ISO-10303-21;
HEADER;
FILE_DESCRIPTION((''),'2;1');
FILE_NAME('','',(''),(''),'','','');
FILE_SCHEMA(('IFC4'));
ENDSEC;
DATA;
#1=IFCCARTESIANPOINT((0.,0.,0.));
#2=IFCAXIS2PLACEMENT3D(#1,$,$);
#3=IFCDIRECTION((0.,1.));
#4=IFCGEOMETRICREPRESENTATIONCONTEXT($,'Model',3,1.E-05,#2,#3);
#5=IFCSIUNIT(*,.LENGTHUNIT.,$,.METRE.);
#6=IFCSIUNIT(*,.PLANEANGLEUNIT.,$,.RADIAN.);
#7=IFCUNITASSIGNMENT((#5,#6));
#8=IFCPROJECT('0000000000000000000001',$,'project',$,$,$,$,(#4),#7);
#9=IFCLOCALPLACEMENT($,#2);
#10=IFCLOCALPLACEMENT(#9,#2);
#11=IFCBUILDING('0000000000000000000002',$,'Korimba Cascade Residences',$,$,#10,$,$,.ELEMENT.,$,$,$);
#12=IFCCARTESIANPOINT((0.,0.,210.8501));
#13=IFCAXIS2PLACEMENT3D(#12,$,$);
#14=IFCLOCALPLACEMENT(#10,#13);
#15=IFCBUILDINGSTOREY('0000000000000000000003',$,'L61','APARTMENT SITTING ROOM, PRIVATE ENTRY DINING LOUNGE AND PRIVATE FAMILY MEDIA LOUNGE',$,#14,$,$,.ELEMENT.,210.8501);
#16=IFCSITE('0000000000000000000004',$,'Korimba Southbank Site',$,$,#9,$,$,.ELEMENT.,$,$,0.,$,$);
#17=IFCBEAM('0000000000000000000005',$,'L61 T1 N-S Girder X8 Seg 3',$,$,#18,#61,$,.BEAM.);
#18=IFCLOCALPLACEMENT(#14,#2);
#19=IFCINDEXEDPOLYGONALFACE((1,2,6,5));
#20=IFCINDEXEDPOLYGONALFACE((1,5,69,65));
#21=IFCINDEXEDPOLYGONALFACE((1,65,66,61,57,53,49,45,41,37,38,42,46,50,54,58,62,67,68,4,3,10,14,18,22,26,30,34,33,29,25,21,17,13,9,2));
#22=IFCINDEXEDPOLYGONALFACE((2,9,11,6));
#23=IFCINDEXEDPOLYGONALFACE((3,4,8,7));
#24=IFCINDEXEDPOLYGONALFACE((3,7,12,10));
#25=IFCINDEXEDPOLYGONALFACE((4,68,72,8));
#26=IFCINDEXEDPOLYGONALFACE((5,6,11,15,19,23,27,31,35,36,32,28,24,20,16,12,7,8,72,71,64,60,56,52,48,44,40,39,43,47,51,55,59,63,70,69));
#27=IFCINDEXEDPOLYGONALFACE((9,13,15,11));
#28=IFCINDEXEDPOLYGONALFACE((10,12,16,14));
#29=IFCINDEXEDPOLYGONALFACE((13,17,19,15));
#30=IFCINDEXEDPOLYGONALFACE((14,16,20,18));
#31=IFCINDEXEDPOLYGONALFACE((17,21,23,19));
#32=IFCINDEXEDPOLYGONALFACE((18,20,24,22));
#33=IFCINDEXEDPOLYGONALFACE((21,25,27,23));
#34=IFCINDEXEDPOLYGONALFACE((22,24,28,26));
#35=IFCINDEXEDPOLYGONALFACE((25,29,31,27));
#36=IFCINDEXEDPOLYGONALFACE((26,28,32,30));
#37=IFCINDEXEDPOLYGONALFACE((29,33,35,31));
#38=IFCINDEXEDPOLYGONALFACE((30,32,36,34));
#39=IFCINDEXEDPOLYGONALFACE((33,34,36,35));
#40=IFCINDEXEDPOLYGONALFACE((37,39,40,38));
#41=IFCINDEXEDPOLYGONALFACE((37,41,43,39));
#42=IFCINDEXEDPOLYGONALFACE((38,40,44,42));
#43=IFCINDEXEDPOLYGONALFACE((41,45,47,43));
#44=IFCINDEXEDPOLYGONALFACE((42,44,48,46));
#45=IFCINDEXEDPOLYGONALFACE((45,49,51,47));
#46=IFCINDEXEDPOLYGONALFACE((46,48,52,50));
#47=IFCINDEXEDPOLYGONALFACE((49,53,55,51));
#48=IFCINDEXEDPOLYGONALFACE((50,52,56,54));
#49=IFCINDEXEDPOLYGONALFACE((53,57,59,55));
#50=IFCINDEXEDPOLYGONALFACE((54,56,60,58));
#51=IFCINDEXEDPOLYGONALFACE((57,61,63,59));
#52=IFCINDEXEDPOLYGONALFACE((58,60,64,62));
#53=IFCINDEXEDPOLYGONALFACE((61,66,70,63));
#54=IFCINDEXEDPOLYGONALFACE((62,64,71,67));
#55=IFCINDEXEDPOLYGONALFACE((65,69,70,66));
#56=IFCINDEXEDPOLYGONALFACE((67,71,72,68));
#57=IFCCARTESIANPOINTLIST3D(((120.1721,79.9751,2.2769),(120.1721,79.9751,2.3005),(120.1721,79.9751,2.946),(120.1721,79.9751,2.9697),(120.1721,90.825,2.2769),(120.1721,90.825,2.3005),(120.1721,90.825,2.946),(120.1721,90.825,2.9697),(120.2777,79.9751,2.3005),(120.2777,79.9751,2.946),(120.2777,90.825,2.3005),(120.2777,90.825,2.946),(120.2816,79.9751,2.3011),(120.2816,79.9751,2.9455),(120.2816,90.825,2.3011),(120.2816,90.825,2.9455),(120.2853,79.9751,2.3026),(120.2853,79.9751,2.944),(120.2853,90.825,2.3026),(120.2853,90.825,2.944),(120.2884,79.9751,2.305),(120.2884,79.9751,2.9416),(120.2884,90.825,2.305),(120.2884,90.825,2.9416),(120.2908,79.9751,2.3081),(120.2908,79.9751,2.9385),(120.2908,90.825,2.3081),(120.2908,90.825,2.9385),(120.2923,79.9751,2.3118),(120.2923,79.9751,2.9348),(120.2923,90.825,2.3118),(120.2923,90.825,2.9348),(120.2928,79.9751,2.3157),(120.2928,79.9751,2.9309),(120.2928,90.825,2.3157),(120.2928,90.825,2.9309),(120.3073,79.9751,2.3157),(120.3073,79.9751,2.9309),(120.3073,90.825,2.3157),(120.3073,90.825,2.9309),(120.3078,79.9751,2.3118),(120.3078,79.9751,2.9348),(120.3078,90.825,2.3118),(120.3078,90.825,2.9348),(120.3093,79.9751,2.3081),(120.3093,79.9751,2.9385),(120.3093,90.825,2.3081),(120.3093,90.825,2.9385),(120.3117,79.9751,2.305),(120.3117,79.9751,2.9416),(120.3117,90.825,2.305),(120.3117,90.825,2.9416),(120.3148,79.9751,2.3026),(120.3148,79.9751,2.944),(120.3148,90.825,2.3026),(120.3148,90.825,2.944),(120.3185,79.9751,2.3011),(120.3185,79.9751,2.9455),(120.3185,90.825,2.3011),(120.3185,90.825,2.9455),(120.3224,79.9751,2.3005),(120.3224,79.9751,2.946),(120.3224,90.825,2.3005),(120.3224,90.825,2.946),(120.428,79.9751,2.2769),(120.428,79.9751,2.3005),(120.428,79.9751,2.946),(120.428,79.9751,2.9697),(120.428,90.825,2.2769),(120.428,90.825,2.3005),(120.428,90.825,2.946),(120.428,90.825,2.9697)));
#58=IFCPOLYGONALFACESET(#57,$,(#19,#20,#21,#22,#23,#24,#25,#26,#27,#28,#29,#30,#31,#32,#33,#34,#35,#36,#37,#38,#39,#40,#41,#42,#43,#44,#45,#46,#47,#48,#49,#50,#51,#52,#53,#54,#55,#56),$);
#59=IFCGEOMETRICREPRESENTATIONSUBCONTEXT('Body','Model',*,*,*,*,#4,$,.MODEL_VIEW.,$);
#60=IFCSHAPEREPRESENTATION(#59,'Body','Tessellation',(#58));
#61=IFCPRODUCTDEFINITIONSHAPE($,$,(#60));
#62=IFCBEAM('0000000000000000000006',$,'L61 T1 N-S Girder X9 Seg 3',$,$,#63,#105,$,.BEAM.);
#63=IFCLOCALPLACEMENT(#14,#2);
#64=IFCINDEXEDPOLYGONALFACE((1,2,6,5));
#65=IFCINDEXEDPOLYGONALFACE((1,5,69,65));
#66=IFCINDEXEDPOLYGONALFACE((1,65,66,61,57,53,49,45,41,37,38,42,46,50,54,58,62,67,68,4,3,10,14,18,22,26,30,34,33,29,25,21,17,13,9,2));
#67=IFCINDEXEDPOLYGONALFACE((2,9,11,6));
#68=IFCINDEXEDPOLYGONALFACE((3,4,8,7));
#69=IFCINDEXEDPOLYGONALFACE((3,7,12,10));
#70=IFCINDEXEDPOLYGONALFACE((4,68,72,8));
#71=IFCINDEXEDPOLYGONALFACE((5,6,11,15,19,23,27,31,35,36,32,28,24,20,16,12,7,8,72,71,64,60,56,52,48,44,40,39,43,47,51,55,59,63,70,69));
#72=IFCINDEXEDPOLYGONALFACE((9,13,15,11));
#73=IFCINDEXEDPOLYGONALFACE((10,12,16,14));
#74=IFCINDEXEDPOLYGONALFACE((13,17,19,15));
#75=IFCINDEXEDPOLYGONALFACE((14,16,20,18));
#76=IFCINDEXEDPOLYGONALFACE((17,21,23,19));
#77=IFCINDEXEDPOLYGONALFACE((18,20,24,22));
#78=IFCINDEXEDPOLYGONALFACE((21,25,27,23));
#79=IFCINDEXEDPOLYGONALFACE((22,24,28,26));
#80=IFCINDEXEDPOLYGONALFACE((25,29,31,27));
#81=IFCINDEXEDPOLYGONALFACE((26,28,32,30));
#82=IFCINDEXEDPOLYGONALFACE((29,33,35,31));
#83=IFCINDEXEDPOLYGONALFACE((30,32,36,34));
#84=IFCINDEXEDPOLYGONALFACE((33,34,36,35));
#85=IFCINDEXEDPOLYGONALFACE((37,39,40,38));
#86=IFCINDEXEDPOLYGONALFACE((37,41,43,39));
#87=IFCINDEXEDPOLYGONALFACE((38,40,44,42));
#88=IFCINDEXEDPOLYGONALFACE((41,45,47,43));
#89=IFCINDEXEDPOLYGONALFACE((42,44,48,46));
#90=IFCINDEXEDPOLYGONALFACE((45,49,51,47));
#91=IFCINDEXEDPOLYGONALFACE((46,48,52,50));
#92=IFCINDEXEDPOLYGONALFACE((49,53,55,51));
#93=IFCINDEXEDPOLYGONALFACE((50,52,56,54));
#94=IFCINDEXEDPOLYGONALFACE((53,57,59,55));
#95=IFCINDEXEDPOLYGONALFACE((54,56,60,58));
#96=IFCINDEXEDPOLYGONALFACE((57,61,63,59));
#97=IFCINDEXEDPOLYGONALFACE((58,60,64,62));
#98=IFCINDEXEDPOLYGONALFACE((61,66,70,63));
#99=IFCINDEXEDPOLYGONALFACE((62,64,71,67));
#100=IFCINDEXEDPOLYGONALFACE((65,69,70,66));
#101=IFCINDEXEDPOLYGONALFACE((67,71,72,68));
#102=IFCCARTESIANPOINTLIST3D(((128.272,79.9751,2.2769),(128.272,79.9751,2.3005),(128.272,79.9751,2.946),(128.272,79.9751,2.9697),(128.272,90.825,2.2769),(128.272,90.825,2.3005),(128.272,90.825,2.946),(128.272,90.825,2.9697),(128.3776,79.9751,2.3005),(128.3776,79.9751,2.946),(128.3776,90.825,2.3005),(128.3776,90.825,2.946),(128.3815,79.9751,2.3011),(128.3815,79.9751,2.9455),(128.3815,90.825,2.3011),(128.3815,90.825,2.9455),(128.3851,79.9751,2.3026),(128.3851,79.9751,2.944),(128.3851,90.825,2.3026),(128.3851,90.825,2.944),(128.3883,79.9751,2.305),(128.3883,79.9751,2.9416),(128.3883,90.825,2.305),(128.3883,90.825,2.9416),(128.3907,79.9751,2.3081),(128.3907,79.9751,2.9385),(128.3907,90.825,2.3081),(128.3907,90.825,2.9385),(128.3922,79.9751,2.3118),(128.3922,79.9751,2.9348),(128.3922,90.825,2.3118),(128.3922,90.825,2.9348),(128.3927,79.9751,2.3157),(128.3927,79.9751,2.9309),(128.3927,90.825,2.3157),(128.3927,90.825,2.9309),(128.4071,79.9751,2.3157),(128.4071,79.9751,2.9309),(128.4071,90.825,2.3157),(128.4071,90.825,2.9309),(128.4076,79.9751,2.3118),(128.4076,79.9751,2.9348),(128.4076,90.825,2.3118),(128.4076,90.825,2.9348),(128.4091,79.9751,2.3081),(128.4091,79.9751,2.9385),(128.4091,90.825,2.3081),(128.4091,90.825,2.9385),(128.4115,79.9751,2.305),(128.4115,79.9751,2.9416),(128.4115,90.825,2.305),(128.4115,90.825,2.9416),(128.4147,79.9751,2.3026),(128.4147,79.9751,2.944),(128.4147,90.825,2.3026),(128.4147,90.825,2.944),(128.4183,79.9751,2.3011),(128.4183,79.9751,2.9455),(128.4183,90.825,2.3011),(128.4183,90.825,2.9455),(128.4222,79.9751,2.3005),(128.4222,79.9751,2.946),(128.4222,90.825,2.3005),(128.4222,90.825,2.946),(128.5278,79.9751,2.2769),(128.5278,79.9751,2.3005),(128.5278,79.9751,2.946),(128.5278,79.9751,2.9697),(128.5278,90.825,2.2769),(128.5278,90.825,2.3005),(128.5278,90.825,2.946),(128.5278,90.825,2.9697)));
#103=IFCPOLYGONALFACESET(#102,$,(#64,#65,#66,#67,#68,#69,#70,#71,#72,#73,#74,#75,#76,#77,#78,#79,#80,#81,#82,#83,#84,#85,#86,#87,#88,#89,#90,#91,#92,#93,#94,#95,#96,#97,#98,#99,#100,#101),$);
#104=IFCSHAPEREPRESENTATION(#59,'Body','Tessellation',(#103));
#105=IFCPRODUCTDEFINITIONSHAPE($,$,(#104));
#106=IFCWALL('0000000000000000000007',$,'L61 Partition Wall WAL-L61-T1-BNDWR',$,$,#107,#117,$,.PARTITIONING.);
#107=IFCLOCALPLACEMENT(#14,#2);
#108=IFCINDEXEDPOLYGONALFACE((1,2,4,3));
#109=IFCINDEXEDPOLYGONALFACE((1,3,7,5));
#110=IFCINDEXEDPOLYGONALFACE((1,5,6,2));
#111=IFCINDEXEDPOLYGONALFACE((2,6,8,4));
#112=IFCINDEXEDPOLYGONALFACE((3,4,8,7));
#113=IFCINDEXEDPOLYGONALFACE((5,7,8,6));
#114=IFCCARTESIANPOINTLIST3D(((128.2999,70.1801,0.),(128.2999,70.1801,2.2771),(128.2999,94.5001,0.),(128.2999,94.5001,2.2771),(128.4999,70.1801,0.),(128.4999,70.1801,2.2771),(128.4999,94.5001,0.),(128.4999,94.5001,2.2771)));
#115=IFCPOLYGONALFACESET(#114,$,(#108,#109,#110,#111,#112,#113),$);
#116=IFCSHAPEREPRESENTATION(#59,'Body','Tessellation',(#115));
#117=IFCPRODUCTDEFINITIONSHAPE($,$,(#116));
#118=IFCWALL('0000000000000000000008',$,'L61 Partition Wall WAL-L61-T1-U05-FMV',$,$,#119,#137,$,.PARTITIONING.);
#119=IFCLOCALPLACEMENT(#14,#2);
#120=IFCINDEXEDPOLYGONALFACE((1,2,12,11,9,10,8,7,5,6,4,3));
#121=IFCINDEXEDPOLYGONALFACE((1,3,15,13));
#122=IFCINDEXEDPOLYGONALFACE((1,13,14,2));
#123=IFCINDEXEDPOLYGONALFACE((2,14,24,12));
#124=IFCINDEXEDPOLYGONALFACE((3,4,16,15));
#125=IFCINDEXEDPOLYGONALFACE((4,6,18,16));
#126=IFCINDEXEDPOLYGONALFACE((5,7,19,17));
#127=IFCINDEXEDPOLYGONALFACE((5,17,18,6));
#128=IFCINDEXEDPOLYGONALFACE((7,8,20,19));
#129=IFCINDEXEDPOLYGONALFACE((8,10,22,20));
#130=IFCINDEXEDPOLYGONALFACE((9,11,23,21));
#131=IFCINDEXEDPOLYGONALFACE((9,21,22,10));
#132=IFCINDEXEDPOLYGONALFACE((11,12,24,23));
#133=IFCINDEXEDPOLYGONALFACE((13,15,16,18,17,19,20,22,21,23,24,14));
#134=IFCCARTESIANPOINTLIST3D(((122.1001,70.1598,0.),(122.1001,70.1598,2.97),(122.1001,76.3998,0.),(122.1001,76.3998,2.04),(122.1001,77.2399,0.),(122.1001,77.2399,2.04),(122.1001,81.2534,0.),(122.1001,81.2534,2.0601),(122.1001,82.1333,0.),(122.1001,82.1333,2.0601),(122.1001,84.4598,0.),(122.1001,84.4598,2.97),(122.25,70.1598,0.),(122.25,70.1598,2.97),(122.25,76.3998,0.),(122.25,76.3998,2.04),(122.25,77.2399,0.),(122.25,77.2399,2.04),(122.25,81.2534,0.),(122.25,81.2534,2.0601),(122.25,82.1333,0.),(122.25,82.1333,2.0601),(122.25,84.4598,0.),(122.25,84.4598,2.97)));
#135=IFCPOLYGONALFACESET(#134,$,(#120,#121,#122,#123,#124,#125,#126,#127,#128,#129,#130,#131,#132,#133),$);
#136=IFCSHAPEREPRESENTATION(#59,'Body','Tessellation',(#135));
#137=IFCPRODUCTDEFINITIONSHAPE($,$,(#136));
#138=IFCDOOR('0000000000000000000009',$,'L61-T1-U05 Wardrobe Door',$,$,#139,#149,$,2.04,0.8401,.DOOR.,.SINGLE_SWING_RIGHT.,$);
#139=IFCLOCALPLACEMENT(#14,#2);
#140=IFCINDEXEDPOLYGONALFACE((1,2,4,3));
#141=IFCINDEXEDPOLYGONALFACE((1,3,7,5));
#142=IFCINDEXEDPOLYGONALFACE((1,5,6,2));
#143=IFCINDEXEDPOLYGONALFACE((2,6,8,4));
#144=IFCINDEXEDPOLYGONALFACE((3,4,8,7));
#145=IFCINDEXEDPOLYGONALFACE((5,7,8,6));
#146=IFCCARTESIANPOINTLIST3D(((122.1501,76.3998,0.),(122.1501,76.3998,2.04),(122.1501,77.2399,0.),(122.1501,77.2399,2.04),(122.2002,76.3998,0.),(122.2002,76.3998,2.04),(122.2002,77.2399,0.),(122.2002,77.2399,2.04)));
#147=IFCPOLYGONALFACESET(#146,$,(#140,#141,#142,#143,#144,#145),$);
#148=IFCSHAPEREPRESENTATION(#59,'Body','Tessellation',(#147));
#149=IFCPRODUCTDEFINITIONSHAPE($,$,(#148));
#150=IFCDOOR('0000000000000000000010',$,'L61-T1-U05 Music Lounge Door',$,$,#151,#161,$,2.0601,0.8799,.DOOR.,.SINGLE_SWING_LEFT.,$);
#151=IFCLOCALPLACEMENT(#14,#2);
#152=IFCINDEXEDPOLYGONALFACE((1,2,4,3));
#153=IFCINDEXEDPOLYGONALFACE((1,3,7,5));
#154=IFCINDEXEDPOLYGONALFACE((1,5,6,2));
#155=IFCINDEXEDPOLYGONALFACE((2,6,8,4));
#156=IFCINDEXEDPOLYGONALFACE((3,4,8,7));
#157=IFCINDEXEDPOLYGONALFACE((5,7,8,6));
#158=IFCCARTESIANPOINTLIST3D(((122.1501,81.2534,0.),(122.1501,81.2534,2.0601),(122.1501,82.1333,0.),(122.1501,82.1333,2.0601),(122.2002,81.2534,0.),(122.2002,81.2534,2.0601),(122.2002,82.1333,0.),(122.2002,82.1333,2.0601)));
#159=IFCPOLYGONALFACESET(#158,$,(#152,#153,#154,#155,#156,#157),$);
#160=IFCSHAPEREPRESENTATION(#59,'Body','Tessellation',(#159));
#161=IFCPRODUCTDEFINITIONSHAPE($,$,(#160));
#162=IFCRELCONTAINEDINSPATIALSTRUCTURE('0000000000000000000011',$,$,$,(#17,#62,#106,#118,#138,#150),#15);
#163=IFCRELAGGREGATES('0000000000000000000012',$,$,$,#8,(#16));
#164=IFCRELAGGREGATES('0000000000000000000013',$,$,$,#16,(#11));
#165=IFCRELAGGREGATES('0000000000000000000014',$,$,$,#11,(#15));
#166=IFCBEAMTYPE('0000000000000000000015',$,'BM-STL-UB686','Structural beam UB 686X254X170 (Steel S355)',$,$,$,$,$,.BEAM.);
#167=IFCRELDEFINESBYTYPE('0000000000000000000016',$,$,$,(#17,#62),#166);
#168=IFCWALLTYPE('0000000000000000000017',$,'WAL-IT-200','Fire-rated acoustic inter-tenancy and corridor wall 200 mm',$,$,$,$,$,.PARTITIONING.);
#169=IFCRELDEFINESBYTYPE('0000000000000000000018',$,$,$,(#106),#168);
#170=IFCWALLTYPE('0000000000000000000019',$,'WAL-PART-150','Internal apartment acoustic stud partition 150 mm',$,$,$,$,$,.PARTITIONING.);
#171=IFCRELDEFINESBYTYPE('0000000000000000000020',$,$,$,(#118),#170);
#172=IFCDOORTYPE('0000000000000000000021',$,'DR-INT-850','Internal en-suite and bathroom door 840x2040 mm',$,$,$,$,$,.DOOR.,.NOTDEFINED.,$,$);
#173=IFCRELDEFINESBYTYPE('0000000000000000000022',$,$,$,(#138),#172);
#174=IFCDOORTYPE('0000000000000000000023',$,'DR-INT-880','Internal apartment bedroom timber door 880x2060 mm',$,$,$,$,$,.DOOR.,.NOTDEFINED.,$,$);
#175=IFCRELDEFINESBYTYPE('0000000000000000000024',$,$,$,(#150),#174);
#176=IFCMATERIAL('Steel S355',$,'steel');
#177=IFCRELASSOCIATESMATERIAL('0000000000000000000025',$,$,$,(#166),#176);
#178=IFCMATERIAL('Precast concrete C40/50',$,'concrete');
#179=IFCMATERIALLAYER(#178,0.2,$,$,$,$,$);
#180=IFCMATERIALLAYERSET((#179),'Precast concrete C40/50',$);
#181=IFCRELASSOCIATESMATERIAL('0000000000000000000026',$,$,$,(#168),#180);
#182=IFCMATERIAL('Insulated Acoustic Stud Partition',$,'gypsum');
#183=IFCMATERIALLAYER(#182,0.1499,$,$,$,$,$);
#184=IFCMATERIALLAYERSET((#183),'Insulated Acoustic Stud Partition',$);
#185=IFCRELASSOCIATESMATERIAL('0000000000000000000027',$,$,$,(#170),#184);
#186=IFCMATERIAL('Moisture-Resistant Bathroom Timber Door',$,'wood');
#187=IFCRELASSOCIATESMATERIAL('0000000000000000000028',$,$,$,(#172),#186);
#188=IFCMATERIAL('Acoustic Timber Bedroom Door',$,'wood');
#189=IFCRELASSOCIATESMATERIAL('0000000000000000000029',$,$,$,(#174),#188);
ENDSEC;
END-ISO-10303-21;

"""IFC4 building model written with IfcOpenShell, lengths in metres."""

from ifc_helpers import new_model, si_unit, direction, frame, frame_2d, origin, origin_2d, place, context, subcontext, project, spatial, rectangle, i_section, extrude, material, layer, layer_set, material_profile, profile_set, type_object, element, fill, save


model = new_model("IFC4")

# Units and contexts
model_context = context("Model", 3, precision=1e-05, world=origin(), true_north=direction((0.0, 1.0)))
body_context = subcontext(model_context, "Body", "Model", "MODEL_VIEW")
ifc_project = project(units=[si_unit("LENGTHUNIT", "METRE"), si_unit("PLANEANGLEUNIT", "RADIAN")], contexts=[model_context])

# Site, building, storey
site_placement = place(None, origin())
site = spatial("IfcSite", under=ifc_project, at=site_placement, Name="Korimba Southbank Site", CompositionType="ELEMENT", RefElevation=0.0)
building_placement = place(site_placement, origin())
building = spatial("IfcBuilding", under=site, at=building_placement, Name="Korimba Cascade Residences", CompositionType="ELEMENT")
storey_placement = place(building_placement, frame((0.0, 0.0, 210.8501)))
storey = spatial("IfcBuildingStorey", under=building, at=storey_placement, Name="L61", Description="APARTMENT SITTING ROOM, PRIVATE ENTRY DINING LOUNGE AND PRIVATE FAMILY MEDIA LOUNGE", CompositionType="ELEMENT", Elevation=210.8501)

# Beams
ifc_material_1 = material(Name="Steel S355", Category="steel")
ifc_material_profile_1 = material_profile(ifc_material_1, i_section(OverallWidth=0.2559, OverallDepth=0.6929, WebThickness=0.0144, FlangeThickness=0.0237, FilletRadius=0.0151, at=origin_2d()), Name="Steel S355")
ifc_profile_set_1 = profile_set([ifc_material_profile_1], Name="Steel S355")
beam_type_1 = type_object("IfcBeamType", Name="BM-STL-UB686", Description="Structural beam UB 686X254X170 (Steel S355)", PredefinedType="BEAM", material=ifc_profile_set_1)
for number, where, z_axis, x_axis, name in (
    (1, (120.3, 79.9751, 2.6233), (0.0, 1.0, 0.0), (-1.0, 0.0, 0.0), "L61 T1 N-S Girder X8 Seg 3"),
    (2, (128.3999, 79.9751, 2.6233), (0.0, 1.0, 0.0), (-1.0, 0.0, 0.0), "L61 T1 N-S Girder X9 Seg 3"),
):
    element("IfcBeam", number, at=place(storey_placement, frame(where, z_axis=z_axis, x_axis=x_axis)), inside=storey, type_object=beam_type_1, Name=name, PredefinedType="BEAM", context=body_context, shape_type="SweptSolid", body=[
        extrude(i_section(OverallWidth=0.2559, OverallDepth=0.6929, WebThickness=0.0144, FlangeThickness=0.0237, FilletRadius=0.0151, at=origin_2d()), origin(), (0.0, 0.0, 1.0), 10.8499),
    ])

# Wall
ifc_material_2 = material(Name="Precast concrete C40/50", Category="concrete")
ifc_layer_1 = layer(ifc_material_2, 0.2)
ifc_layer_set_1 = layer_set([ifc_layer_1], Name="Precast concrete C40/50")
wall_type_1 = type_object("IfcWallType", Name="WAL-IT-200", Description="Fire-rated acoustic inter-tenancy and corridor wall 200 mm", PredefinedType="PARTITIONING", material=ifc_layer_set_1)
wall_1_placement = place(storey_placement, frame((128.3999, 70.1799, 0.0), z_axis=(0.0, 0.0, 1.0), x_axis=(0.0, 1.0, 0.0)))
element("IfcWall", 3, at=wall_1_placement, inside=storey, type_object=wall_type_1, Name="L61 Partition Wall WAL-L61-T1-BNDWR", PredefinedType="PARTITIONING", context=body_context, shape_type="SweptSolid", body=[
    extrude(rectangle(XDim=24.3201, YDim=0.2, at=frame_2d((12.1602, 0.0))), origin(), (0.0, 0.0, 1.0), 2.2771),
])

# Wall, openings, doors
ifc_material_3 = material(Name="Insulated Acoustic Stud Partition", Category="gypsum")
ifc_layer_2 = layer(ifc_material_3, 0.1499)
ifc_layer_set_2 = layer_set([ifc_layer_2], Name="Insulated Acoustic Stud Partition")
wall_type_2 = type_object("IfcWallType", Name="WAL-PART-150", Description="Internal apartment acoustic stud partition 150 mm", PredefinedType="PARTITIONING", material=ifc_layer_set_2)
wall_2_placement = place(storey_placement, frame((122.175, 70.1599, 0.0), z_axis=(0.0, 0.0, 1.0), x_axis=(0.0, 1.0, 0.0)))
wall_2 = element("IfcWall", 4, at=wall_2_placement, inside=storey, type_object=wall_type_2, Name="L61 Partition Wall WAL-L61-T1-U05-FMV", PredefinedType="PARTITIONING", context=body_context, shape_type="SweptSolid", body=[
    extrude(rectangle(XDim=14.3, YDim=0.1499, at=frame_2d((7.1499, 0.0))), origin(), (0.0, 0.0, 1.0), 2.97),
])
opening_1_placement = place(wall_2_placement, frame((6.24, 0.0, 0.0)))
opening_1 = element("IfcOpeningElement", 5, at=opening_1_placement, cuts=wall_2, PredefinedType="OPENING", context=body_context, shape_type="SweptSolid", body=[
    extrude(rectangle(XDim=0.8401, YDim=2.04, at=frame_2d((0.4199, 1.02))), frame((0.0, 0.085, 0.0), z_axis=(0.0, -1.0, 0.0), x_axis=(1.0, 0.0, 0.0)), (0.0, 0.0, 1.0), 0.1699),
])
opening_2_placement = place(wall_2_placement, frame((11.0935, 0.0, 0.0)))
opening_2 = element("IfcOpeningElement", 6, at=opening_2_placement, cuts=wall_2, PredefinedType="OPENING", context=body_context, shape_type="SweptSolid", body=[
    extrude(rectangle(XDim=0.8799, YDim=2.0601, at=frame_2d((0.4399, 1.03))), frame((0.0, 0.085, 0.0), z_axis=(0.0, -1.0, 0.0), x_axis=(1.0, 0.0, 0.0)), (0.0, 0.0, 1.0), 0.1699),
])
ifc_material_4 = material(Name="Moisture-Resistant Bathroom Timber Door", Category="wood")
door_type_1 = type_object("IfcDoorType", Name="DR-INT-850", Description="Internal en-suite and bathroom door 840x2040 mm", OperationType="NOTDEFINED", PredefinedType="DOOR", material=ifc_material_4)
door_1_placement = place(opening_1_placement, origin())
door_1 = element("IfcDoor", 7, at=door_1_placement, inside=storey, type_object=door_type_1, Name="L61-T1-U05 Wardrobe Door", OperationType="SINGLE_SWING_RIGHT", OverallHeight=2.04, OverallWidth=0.8401, PredefinedType="DOOR", context=body_context, shape_type="SweptSolid", body=[
    extrude(rectangle(XDim=0.8401, YDim=2.04, at=frame_2d((0.4199, 1.02))), frame((0.0, 0.0249, 0.0), z_axis=(0.0, -1.0, 0.0), x_axis=(1.0, 0.0, 0.0)), (0.0, 0.0, 1.0), 0.05),
])
fill(opening_1, door_1)
ifc_material_5 = material(Name="Acoustic Timber Bedroom Door", Category="wood")
door_type_2 = type_object("IfcDoorType", Name="DR-INT-880", Description="Internal apartment bedroom timber door 880x2060 mm", OperationType="NOTDEFINED", PredefinedType="DOOR", material=ifc_material_5)
door_2_placement = place(opening_2_placement, origin())
door_2 = element("IfcDoor", 8, at=door_2_placement, inside=storey, type_object=door_type_2, Name="L61-T1-U05 Music Lounge Door", OperationType="SINGLE_SWING_LEFT", OverallHeight=2.0601, OverallWidth=0.8799, PredefinedType="DOOR", context=body_context, shape_type="SweptSolid", body=[
    extrude(rectangle(XDim=0.8799, YDim=2.0601, at=frame_2d((0.4399, 1.03))), frame((0.0, 0.0249, 0.0), z_axis=(0.0, -1.0, 0.0), x_axis=(1.0, 0.0, 0.0)), (0.0, 0.0, 1.0), 0.05),
])
fill(opening_2, door_2)

save(model, "model.ifc")
